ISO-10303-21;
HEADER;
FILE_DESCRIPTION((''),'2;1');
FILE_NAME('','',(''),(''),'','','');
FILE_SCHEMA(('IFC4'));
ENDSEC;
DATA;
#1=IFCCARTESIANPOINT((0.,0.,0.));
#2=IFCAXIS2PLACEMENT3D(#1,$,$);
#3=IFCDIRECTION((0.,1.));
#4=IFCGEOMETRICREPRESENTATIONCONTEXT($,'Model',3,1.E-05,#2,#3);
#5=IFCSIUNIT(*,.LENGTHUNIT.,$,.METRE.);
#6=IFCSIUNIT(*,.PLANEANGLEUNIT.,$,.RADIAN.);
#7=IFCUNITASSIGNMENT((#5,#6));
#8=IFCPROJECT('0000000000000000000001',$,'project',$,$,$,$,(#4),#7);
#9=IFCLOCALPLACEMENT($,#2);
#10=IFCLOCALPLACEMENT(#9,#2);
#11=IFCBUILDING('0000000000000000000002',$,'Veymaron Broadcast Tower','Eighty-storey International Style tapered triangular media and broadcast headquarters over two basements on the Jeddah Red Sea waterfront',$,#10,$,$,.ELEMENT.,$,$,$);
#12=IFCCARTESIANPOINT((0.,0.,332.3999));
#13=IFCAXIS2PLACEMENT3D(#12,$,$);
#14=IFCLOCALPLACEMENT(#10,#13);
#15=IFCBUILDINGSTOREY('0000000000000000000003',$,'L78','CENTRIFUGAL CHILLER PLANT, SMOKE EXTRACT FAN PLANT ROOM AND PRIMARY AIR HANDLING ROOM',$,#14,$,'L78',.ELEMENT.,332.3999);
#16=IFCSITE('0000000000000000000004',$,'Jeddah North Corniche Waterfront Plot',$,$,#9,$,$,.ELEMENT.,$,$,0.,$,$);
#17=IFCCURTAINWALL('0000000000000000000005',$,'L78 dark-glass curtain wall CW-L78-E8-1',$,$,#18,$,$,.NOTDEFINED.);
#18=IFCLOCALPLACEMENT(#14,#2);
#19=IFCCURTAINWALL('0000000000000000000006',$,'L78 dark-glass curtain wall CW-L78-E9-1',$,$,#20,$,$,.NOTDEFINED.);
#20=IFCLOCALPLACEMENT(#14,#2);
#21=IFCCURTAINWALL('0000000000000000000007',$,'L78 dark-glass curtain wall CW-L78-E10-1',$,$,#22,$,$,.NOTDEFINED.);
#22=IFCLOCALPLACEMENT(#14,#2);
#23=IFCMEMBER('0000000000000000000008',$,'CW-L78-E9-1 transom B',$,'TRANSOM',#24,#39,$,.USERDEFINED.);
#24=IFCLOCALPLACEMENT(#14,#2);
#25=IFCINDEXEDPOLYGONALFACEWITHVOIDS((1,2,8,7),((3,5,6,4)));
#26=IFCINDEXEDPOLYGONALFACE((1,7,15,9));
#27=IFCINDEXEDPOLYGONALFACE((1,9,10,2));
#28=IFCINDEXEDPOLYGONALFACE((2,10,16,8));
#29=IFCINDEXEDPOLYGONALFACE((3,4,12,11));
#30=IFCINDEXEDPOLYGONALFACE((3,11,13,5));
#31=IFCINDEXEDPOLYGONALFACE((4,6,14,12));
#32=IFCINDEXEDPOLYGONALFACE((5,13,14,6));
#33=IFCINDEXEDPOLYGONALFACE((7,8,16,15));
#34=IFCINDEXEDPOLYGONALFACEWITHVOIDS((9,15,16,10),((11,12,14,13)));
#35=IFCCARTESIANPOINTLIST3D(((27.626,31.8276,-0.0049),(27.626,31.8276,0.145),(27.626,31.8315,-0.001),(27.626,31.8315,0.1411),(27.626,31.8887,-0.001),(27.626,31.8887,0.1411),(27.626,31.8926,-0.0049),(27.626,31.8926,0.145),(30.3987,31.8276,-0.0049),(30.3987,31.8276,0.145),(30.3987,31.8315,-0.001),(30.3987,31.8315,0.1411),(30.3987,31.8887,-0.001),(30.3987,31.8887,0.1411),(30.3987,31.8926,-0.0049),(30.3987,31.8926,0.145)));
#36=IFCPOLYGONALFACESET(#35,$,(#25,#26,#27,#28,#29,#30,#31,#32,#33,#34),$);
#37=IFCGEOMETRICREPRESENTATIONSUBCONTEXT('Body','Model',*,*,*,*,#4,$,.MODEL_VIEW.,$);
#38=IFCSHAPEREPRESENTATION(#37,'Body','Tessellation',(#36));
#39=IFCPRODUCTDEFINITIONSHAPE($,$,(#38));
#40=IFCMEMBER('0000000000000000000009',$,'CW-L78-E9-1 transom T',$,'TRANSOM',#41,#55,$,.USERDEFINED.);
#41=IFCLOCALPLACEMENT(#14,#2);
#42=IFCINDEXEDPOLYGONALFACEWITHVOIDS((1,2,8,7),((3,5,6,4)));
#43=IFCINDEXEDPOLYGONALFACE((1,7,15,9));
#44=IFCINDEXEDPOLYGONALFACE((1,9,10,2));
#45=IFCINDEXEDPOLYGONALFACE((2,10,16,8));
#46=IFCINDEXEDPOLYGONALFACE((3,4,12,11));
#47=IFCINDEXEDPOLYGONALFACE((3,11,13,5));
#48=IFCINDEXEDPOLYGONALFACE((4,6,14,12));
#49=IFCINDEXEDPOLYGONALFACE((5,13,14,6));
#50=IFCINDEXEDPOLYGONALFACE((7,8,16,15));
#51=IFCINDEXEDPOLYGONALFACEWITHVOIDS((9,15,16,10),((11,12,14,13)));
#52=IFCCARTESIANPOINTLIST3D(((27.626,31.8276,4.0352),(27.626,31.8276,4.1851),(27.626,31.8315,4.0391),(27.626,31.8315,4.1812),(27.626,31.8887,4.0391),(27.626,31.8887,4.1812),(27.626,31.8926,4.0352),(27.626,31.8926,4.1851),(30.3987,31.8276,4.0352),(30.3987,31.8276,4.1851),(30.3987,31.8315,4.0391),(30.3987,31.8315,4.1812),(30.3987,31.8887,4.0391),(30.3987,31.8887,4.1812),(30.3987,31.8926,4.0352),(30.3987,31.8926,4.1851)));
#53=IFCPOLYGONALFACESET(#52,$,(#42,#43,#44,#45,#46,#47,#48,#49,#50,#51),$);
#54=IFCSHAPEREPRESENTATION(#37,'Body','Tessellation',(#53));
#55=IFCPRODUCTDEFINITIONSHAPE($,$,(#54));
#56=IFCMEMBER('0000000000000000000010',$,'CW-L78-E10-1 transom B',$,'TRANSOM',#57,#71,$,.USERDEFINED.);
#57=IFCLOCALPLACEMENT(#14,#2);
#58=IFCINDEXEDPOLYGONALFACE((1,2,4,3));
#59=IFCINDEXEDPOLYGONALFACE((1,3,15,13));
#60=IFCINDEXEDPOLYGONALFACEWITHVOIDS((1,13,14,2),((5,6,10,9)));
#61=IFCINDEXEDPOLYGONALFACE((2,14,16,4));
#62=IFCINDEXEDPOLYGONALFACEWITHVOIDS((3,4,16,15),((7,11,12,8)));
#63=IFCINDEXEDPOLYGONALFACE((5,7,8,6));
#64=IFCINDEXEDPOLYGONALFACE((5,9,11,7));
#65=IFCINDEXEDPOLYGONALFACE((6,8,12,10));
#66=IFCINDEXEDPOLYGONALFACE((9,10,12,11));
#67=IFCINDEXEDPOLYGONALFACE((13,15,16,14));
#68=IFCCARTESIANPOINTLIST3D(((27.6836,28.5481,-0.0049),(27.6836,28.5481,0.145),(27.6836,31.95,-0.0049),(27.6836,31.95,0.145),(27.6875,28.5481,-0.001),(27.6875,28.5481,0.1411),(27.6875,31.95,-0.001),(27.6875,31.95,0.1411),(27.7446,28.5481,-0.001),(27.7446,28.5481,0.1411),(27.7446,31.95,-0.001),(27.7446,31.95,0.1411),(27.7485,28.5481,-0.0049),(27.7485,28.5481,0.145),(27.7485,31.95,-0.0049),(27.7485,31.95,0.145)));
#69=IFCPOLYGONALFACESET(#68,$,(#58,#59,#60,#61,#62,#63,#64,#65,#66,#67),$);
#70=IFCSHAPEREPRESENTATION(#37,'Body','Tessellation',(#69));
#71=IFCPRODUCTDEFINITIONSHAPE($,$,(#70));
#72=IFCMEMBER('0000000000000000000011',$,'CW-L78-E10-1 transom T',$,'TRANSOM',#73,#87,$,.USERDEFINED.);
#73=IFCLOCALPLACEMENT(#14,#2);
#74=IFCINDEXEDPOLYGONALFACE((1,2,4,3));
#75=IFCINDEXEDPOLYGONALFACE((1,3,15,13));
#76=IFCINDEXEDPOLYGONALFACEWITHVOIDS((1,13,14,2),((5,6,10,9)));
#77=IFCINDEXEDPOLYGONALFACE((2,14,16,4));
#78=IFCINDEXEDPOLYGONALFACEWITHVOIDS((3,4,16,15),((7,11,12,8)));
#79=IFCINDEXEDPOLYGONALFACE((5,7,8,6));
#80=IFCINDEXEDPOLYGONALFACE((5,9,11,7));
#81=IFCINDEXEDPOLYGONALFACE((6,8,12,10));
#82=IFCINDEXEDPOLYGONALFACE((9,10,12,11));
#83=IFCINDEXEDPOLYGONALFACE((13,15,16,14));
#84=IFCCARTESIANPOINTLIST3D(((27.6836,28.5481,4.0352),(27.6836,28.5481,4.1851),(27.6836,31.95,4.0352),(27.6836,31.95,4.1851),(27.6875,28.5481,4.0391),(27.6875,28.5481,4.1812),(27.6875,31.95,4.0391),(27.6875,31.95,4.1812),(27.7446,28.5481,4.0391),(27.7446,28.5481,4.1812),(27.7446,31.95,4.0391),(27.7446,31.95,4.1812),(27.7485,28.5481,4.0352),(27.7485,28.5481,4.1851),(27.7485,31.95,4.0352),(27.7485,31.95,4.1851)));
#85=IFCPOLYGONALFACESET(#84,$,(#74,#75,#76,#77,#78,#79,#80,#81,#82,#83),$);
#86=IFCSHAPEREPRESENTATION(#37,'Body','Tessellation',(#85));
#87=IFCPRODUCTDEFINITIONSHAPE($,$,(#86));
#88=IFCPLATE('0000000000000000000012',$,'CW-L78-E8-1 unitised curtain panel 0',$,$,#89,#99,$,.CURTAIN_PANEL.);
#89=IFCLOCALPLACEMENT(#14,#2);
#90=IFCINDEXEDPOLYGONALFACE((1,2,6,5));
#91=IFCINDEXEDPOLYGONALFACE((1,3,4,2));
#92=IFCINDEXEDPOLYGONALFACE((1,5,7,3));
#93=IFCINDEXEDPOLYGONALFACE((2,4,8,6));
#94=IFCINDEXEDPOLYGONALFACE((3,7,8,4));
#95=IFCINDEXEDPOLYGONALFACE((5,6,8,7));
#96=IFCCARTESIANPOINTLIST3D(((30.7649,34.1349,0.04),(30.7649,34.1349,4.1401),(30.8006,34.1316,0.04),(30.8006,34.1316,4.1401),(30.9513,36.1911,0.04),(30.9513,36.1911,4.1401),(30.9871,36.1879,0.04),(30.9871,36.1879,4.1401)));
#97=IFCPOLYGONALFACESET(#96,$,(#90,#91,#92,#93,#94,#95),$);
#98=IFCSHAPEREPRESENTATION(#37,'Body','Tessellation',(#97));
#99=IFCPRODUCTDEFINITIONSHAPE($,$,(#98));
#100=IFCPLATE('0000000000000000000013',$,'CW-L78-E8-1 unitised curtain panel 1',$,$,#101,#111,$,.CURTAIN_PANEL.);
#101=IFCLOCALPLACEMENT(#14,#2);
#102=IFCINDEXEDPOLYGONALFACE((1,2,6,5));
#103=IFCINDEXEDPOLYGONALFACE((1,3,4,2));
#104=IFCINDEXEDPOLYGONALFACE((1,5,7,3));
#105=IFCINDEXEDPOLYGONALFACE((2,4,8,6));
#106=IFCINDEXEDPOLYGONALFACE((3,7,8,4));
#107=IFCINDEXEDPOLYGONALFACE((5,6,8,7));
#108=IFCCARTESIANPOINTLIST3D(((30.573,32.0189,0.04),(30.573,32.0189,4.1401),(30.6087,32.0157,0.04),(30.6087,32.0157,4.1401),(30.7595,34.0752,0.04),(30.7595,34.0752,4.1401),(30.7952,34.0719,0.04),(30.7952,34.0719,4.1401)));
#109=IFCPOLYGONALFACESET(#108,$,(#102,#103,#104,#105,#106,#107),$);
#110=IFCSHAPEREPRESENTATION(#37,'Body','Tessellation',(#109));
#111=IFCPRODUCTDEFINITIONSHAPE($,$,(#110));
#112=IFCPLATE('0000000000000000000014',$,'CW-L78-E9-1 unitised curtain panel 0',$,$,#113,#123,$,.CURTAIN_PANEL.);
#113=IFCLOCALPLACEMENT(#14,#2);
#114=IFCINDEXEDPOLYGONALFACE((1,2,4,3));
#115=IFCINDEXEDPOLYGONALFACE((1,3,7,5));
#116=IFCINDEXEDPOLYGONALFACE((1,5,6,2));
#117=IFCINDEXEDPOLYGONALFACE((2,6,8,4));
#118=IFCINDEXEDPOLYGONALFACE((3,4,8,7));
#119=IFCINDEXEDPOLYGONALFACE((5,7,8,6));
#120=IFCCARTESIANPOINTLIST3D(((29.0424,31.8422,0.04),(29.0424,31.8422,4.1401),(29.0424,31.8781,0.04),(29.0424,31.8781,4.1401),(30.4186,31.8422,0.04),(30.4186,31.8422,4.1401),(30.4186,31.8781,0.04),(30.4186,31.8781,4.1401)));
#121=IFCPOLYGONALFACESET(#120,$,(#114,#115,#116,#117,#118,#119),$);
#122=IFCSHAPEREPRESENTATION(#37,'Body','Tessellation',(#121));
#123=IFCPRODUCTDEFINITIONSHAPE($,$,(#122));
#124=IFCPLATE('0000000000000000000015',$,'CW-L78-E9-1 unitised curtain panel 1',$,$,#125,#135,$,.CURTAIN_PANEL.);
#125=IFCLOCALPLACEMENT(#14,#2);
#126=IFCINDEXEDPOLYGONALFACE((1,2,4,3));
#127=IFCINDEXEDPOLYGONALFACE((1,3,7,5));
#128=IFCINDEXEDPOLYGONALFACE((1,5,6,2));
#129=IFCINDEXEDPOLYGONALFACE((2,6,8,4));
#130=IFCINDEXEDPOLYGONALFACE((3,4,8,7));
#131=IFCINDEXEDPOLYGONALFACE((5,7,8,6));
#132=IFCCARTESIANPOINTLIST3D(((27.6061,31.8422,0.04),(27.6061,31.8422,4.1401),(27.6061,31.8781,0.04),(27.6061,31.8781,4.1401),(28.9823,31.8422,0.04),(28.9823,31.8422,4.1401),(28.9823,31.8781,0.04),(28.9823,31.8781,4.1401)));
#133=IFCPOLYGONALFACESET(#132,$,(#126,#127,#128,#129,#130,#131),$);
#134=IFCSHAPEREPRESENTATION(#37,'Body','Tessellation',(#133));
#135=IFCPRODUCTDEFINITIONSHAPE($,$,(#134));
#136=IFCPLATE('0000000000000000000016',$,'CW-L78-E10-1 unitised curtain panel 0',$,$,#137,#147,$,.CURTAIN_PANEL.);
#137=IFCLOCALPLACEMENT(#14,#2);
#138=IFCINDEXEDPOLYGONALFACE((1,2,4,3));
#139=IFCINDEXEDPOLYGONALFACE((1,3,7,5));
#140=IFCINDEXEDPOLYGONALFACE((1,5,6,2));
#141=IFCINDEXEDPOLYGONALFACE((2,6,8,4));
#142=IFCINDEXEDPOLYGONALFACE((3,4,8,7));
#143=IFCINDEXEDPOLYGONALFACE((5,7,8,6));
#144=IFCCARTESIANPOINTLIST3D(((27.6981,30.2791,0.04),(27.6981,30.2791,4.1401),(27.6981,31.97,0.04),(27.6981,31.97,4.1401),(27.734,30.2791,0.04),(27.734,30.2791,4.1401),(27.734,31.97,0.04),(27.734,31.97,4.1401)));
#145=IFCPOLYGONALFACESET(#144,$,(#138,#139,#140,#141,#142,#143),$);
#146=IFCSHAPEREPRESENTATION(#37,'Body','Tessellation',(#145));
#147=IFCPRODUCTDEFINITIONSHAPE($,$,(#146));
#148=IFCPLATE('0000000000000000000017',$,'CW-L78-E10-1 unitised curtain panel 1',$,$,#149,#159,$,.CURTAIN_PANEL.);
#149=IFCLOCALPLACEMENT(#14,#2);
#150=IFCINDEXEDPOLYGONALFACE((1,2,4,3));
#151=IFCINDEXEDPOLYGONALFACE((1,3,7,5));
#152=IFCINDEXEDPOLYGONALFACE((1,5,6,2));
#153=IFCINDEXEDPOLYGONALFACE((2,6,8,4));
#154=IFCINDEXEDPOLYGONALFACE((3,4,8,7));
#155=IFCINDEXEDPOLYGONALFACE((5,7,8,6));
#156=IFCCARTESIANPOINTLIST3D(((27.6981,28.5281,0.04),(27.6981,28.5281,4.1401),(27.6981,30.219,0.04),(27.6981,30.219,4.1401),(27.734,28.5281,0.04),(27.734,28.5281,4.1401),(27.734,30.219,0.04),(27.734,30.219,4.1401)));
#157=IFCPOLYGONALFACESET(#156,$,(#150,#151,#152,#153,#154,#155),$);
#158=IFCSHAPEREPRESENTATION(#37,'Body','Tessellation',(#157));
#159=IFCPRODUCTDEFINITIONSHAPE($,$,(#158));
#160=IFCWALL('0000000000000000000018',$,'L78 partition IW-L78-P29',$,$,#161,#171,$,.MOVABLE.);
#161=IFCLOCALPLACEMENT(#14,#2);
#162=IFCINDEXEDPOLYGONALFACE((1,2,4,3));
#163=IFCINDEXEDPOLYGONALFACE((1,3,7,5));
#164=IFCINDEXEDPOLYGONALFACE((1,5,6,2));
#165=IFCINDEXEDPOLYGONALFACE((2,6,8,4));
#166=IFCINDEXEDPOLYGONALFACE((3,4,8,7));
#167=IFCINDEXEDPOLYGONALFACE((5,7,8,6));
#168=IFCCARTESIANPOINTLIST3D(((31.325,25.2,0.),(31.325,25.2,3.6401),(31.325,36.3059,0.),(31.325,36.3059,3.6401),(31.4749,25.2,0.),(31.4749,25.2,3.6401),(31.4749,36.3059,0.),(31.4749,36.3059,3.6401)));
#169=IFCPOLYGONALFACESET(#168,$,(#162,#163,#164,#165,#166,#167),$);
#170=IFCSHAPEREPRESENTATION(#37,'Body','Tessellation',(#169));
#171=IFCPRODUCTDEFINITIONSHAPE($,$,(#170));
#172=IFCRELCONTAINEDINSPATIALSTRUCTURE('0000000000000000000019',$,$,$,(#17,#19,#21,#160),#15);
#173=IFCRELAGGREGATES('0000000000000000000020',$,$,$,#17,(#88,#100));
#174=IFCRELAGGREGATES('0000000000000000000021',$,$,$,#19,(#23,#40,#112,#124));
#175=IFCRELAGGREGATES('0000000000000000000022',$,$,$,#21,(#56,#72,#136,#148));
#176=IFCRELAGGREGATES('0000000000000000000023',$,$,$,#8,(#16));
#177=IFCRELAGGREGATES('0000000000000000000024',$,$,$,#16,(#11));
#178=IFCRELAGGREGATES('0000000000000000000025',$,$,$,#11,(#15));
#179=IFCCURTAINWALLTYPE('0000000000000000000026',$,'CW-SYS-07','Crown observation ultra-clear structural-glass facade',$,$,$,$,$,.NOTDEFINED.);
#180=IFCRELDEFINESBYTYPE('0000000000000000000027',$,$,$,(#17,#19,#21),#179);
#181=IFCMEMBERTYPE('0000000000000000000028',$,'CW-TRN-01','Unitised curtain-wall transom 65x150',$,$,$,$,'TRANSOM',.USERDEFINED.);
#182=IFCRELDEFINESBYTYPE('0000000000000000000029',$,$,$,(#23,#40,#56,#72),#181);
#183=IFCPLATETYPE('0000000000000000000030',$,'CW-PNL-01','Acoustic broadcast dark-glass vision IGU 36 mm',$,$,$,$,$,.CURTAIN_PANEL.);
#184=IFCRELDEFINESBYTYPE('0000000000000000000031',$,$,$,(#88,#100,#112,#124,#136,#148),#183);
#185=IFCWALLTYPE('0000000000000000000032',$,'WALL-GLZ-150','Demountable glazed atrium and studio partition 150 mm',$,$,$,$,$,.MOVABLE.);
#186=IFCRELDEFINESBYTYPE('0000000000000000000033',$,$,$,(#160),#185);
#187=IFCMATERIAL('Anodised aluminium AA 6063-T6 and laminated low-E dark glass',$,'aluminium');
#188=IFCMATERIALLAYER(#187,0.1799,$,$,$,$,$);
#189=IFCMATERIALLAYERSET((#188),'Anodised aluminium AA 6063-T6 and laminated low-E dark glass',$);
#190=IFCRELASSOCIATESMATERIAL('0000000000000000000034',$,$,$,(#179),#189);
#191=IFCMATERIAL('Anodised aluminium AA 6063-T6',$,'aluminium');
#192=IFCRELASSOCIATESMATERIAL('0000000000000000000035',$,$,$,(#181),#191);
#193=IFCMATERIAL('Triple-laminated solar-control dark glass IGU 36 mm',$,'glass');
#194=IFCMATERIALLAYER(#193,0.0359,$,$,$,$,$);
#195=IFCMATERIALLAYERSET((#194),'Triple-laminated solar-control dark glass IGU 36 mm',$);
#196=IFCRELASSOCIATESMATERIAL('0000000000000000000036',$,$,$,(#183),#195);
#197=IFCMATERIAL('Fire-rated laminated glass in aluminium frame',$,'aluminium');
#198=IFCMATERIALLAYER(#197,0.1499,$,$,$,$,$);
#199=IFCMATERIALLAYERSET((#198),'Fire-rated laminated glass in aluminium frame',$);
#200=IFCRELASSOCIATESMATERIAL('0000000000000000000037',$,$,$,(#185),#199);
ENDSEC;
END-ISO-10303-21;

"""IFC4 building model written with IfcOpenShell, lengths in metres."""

from ifc_helpers import new_model, si_unit, direction, frame, frame_2d, origin, origin_2d, place, context, subcontext, project, spatial, rectangle, hollow_rectangle, extrude, material, layer, layer_set, material_profile, profile_set, type_object, element, aggregate, save


model = new_model("IFC4")

# Units and contexts
model_context = context("Model", 3, precision=1e-05, world=origin(), true_north=direction((0.0, 1.0)))
body_context = subcontext(model_context, "Body", "Model", "MODEL_VIEW")
ifc_project = project(units=[si_unit("LENGTHUNIT", "METRE"), si_unit("PLANEANGLEUNIT", "RADIAN")], contexts=[model_context])

# Site, building, storey
site_placement = place(None, origin())
site = spatial("IfcSite", under=ifc_project, at=site_placement, Name="Jeddah North Corniche Waterfront Plot", CompositionType="ELEMENT", RefElevation=0.0)
building_placement = place(site_placement, origin())
building = spatial("IfcBuilding", under=site, at=building_placement, Name="Veymaron Broadcast Tower", Description="Eighty-storey International Style tapered triangular media and broadcast headquarters over two basements on the Jeddah Red Sea waterfront", CompositionType="ELEMENT")
storey_placement = place(building_placement, frame((0.0, 0.0, 332.3999)))
storey = spatial("IfcBuildingStorey", under=building, at=storey_placement, Name="L78", Description="CENTRIFUGAL CHILLER PLANT, SMOKE EXTRACT FAN PLANT ROOM AND PRIMARY AIR HANDLING ROOM", LongName="L78", CompositionType="ELEMENT", Elevation=332.3999)

# Shared definitions
ifc_material_1 = material(Name="Anodised aluminium AA 6063-T6 and laminated low-E dark glass", Category="aluminium")
ifc_layer_1 = layer(ifc_material_1, 0.1799)
ifc_layer_set_1 = layer_set([ifc_layer_1], Name="Anodised aluminium AA 6063-T6 and laminated low-E dark glass")
curtain_wall_type = type_object("IfcCurtainWallType", Name="CW-SYS-07", Description="Crown observation ultra-clear structural-glass facade", PredefinedType="NOTDEFINED", material=ifc_layer_set_1)
ifc_material_2 = material(Name="Anodised aluminium AA 6063-T6", Category="aluminium")

# Curtain walls
curtain_wall_1_placement = place(storey_placement, origin())
curtain_wall_1 = element("IfcCurtainWall", 1, at=curtain_wall_1_placement, inside=storey, type_object=curtain_wall_type, Name="L78 dark-glass curtain wall CW-L78-E8-1", PredefinedType="NOTDEFINED")
curtain_wall_2_placement = place(storey_placement, origin())
curtain_wall_2 = element("IfcCurtainWall", 2, at=curtain_wall_2_placement, inside=storey, type_object=curtain_wall_type, Name="L78 dark-glass curtain wall CW-L78-E9-1", PredefinedType="NOTDEFINED")
curtain_wall_3_placement = place(storey_placement, origin())
curtain_wall_3 = element("IfcCurtainWall", 3, at=curtain_wall_3_placement, inside=storey, type_object=curtain_wall_type, Name="L78 dark-glass curtain wall CW-L78-E10-1", PredefinedType="NOTDEFINED")

# Members
ifc_material_profile_1 = material_profile(ifc_material_2, hollow_rectangle(XDim=0.0649, YDim=0.1499, WallThickness=0.0039, at=origin_2d()), Name="AL150X65X4")
ifc_profile_set_1 = profile_set([ifc_material_profile_1], Name="Anodised aluminium AA 6063-T6")
member_type_1 = type_object("IfcMemberType", Name="CW-TRN-01", Description="Unitised curtain-wall transom 65x150", ElementType="TRANSOM", PredefinedType="USERDEFINED", material=ifc_profile_set_1)
member_1_placement = place(storey_placement, frame((30.3987, 31.8601, 0.0701), z_axis=(-1.0, 0.0, 0.0), x_axis=(0.0, -1.0, 0.0)))
member_1 = element("IfcMember", 4, at=member_1_placement, type_object=member_type_1, Name="CW-L78-E9-1 transom B", ObjectType="TRANSOM", PredefinedType="USERDEFINED", context=body_context, shape_type="SweptSolid", body=[
    extrude(hollow_rectangle(XDim=0.0649, YDim=0.1499, WallThickness=0.0039, at=origin_2d()), origin(), (0.0, 0.0, 1.0), 2.7727),
])
member_2_placement = place(storey_placement, frame((30.3987, 31.8601, 4.1101), z_axis=(-1.0, 0.0, 0.0), x_axis=(0.0, -1.0, 0.0)))
member_2 = element("IfcMember", 5, at=member_2_placement, type_object=member_type_1, Name="CW-L78-E9-1 transom T", ObjectType="TRANSOM", PredefinedType="USERDEFINED", context=body_context, shape_type="SweptSolid", body=[
    extrude(hollow_rectangle(XDim=0.0649, YDim=0.1499, WallThickness=0.0039, at=origin_2d()), origin(), (0.0, 0.0, 1.0), 2.7727),
])
member_3_placement = place(storey_placement, frame((27.7161, 31.95, 0.0701), z_axis=(0.0, -1.0, 0.0), x_axis=(1.0, 0.0, 0.0)))
member_3 = element("IfcMember", 6, at=member_3_placement, type_object=member_type_1, Name="CW-L78-E10-1 transom B", ObjectType="TRANSOM", PredefinedType="USERDEFINED", context=body_context, shape_type="SweptSolid", body=[
    extrude(hollow_rectangle(XDim=0.0649, YDim=0.1499, WallThickness=0.0039, at=origin_2d()), origin(), (0.0, 0.0, 1.0), 3.4019),
])
member_4_placement = place(storey_placement, frame((27.7161, 31.95, 4.1101), z_axis=(0.0, -1.0, 0.0), x_axis=(1.0, 0.0, 0.0)))
member_4 = element("IfcMember", 7, at=member_4_placement, type_object=member_type_1, Name="CW-L78-E10-1 transom T", ObjectType="TRANSOM", PredefinedType="USERDEFINED", context=body_context, shape_type="SweptSolid", body=[
    extrude(hollow_rectangle(XDim=0.0649, YDim=0.1499, WallThickness=0.0039, at=origin_2d()), origin(), (0.0, 0.0, 1.0), 3.4019),
])

# Plates
ifc_material_3 = material(Name="Triple-laminated solar-control dark glass IGU 36 mm", Category="glass")
ifc_layer_2 = layer(ifc_material_3, 0.0359)
ifc_layer_set_2 = layer_set([ifc_layer_2], Name="Triple-laminated solar-control dark glass IGU 36 mm")
plate_type = type_object("IfcPlateType", Name="CW-PNL-01", Description="Acoustic broadcast dark-glass vision IGU 36 mm", PredefinedType="CURTAIN_PANEL", material=ifc_layer_set_2)
plate_1_placement = place(storey_placement, frame((30.876, 35.1614, 0.04), z_axis=(0.0, 0.0, 1.0), x_axis=(-0.09032, -0.995913, 0.0)))
plate_1 = element("IfcPlate", 8, at=plate_1_placement, type_object=plate_type, Name="CW-L78-E8-1 unitised curtain panel 0", PredefinedType="CURTAIN_PANEL", context=body_context, shape_type="SweptSolid", body=[
    extrude(rectangle(XDim=2.0647, YDim=0.0359, at=origin_2d()), origin(), (0.0, 0.0, 1.0), 4.1001),
])
plate_2_placement = place(storey_placement, frame((30.6841, 33.0454, 0.04), z_axis=(0.0, 0.0, 1.0), x_axis=(-0.09032, -0.995913, 0.0)))
plate_2 = element("IfcPlate", 9, at=plate_2_placement, type_object=plate_type, Name="CW-L78-E8-1 unitised curtain panel 1", PredefinedType="CURTAIN_PANEL", context=body_context, shape_type="SweptSolid", body=[
    extrude(rectangle(XDim=2.0647, YDim=0.0359, at=origin_2d()), origin(), (0.0, 0.0, 1.0), 4.1001),
])
aggregate(curtain_wall_1, [plate_1, plate_2])
plate_3_placement = place(storey_placement, frame((29.7305, 31.8601, 0.04), z_axis=(0.0, 0.0, 1.0), x_axis=(-1.0, 0.0, 0.0)))
plate_3 = element("IfcPlate", 10, at=plate_3_placement, type_object=plate_type, Name="CW-L78-E9-1 unitised curtain panel 0", PredefinedType="CURTAIN_PANEL", context=body_context, shape_type="SweptSolid", body=[
    extrude(rectangle(XDim=1.3762, YDim=0.0359, at=origin_2d()), origin(), (0.0, 0.0, 1.0), 4.1001),
])
plate_4_placement = place(storey_placement, frame((28.2942, 31.8601, 0.04), z_axis=(0.0, 0.0, 1.0), x_axis=(-1.0, 0.0, 0.0)))
plate_4 = element("IfcPlate", 11, at=plate_4_placement, type_object=plate_type, Name="CW-L78-E9-1 unitised curtain panel 1", PredefinedType="CURTAIN_PANEL", context=body_context, shape_type="SweptSolid", body=[
    extrude(rectangle(XDim=1.3762, YDim=0.0359, at=origin_2d()), origin(), (0.0, 0.0, 1.0), 4.1001),
])
aggregate(curtain_wall_2, [member_1, member_2, plate_3, plate_4])
plate_5_placement = place(storey_placement, frame((27.7161, 31.1245, 0.04), z_axis=(0.0, 0.0, 1.0), x_axis=(0.0, -1.0, 0.0)))
plate_5 = element("IfcPlate", 12, at=plate_5_placement, type_object=plate_type, Name="CW-L78-E10-1 unitised curtain panel 0", PredefinedType="CURTAIN_PANEL", context=body_context, shape_type="SweptSolid", body=[
    extrude(rectangle(XDim=1.6909, YDim=0.0359, at=origin_2d()), origin(), (0.0, 0.0, 1.0), 4.1001),
])
plate_6_placement = place(storey_placement, frame((27.7161, 29.3735, 0.04), z_axis=(0.0, 0.0, 1.0), x_axis=(0.0, -1.0, 0.0)))
plate_6 = element("IfcPlate", 13, at=plate_6_placement, type_object=plate_type, Name="CW-L78-E10-1 unitised curtain panel 1", PredefinedType="CURTAIN_PANEL", context=body_context, shape_type="SweptSolid", body=[
    extrude(rectangle(XDim=1.6909, YDim=0.0359, at=origin_2d()), origin(), (0.0, 0.0, 1.0), 4.1001),
])
aggregate(curtain_wall_3, [member_3, member_4, plate_5, plate_6])

# Wall
ifc_material_4 = material(Name="Fire-rated laminated glass in aluminium frame", Category="aluminium")
ifc_layer_3 = layer(ifc_material_4, 0.1499)
ifc_layer_set_3 = layer_set([ifc_layer_3], Name="Fire-rated laminated glass in aluminium frame")
wall_type_1 = type_object("IfcWallType", Name="WALL-GLZ-150", Description="Demountable glazed atrium and studio partition 150 mm", PredefinedType="MOVABLE", material=ifc_layer_set_3)
wall_1_placement = place(storey_placement, frame((31.3999, 25.2, 0.0), z_axis=(0.0, 0.0, 1.0), x_axis=(0.0, 1.0, 0.0)))
element("IfcWall", 14, at=wall_1_placement, inside=storey, type_object=wall_type_1, Name="L78 partition IW-L78-P29", PredefinedType="MOVABLE", context=body_context, shape_type="SweptSolid", body=[
    extrude(rectangle(XDim=11.106, YDim=0.1499, at=frame_2d((5.553, 0.0))), origin(), (0.0, 0.0, 1.0), 3.6401),
])

save(model, "model.ifc")
